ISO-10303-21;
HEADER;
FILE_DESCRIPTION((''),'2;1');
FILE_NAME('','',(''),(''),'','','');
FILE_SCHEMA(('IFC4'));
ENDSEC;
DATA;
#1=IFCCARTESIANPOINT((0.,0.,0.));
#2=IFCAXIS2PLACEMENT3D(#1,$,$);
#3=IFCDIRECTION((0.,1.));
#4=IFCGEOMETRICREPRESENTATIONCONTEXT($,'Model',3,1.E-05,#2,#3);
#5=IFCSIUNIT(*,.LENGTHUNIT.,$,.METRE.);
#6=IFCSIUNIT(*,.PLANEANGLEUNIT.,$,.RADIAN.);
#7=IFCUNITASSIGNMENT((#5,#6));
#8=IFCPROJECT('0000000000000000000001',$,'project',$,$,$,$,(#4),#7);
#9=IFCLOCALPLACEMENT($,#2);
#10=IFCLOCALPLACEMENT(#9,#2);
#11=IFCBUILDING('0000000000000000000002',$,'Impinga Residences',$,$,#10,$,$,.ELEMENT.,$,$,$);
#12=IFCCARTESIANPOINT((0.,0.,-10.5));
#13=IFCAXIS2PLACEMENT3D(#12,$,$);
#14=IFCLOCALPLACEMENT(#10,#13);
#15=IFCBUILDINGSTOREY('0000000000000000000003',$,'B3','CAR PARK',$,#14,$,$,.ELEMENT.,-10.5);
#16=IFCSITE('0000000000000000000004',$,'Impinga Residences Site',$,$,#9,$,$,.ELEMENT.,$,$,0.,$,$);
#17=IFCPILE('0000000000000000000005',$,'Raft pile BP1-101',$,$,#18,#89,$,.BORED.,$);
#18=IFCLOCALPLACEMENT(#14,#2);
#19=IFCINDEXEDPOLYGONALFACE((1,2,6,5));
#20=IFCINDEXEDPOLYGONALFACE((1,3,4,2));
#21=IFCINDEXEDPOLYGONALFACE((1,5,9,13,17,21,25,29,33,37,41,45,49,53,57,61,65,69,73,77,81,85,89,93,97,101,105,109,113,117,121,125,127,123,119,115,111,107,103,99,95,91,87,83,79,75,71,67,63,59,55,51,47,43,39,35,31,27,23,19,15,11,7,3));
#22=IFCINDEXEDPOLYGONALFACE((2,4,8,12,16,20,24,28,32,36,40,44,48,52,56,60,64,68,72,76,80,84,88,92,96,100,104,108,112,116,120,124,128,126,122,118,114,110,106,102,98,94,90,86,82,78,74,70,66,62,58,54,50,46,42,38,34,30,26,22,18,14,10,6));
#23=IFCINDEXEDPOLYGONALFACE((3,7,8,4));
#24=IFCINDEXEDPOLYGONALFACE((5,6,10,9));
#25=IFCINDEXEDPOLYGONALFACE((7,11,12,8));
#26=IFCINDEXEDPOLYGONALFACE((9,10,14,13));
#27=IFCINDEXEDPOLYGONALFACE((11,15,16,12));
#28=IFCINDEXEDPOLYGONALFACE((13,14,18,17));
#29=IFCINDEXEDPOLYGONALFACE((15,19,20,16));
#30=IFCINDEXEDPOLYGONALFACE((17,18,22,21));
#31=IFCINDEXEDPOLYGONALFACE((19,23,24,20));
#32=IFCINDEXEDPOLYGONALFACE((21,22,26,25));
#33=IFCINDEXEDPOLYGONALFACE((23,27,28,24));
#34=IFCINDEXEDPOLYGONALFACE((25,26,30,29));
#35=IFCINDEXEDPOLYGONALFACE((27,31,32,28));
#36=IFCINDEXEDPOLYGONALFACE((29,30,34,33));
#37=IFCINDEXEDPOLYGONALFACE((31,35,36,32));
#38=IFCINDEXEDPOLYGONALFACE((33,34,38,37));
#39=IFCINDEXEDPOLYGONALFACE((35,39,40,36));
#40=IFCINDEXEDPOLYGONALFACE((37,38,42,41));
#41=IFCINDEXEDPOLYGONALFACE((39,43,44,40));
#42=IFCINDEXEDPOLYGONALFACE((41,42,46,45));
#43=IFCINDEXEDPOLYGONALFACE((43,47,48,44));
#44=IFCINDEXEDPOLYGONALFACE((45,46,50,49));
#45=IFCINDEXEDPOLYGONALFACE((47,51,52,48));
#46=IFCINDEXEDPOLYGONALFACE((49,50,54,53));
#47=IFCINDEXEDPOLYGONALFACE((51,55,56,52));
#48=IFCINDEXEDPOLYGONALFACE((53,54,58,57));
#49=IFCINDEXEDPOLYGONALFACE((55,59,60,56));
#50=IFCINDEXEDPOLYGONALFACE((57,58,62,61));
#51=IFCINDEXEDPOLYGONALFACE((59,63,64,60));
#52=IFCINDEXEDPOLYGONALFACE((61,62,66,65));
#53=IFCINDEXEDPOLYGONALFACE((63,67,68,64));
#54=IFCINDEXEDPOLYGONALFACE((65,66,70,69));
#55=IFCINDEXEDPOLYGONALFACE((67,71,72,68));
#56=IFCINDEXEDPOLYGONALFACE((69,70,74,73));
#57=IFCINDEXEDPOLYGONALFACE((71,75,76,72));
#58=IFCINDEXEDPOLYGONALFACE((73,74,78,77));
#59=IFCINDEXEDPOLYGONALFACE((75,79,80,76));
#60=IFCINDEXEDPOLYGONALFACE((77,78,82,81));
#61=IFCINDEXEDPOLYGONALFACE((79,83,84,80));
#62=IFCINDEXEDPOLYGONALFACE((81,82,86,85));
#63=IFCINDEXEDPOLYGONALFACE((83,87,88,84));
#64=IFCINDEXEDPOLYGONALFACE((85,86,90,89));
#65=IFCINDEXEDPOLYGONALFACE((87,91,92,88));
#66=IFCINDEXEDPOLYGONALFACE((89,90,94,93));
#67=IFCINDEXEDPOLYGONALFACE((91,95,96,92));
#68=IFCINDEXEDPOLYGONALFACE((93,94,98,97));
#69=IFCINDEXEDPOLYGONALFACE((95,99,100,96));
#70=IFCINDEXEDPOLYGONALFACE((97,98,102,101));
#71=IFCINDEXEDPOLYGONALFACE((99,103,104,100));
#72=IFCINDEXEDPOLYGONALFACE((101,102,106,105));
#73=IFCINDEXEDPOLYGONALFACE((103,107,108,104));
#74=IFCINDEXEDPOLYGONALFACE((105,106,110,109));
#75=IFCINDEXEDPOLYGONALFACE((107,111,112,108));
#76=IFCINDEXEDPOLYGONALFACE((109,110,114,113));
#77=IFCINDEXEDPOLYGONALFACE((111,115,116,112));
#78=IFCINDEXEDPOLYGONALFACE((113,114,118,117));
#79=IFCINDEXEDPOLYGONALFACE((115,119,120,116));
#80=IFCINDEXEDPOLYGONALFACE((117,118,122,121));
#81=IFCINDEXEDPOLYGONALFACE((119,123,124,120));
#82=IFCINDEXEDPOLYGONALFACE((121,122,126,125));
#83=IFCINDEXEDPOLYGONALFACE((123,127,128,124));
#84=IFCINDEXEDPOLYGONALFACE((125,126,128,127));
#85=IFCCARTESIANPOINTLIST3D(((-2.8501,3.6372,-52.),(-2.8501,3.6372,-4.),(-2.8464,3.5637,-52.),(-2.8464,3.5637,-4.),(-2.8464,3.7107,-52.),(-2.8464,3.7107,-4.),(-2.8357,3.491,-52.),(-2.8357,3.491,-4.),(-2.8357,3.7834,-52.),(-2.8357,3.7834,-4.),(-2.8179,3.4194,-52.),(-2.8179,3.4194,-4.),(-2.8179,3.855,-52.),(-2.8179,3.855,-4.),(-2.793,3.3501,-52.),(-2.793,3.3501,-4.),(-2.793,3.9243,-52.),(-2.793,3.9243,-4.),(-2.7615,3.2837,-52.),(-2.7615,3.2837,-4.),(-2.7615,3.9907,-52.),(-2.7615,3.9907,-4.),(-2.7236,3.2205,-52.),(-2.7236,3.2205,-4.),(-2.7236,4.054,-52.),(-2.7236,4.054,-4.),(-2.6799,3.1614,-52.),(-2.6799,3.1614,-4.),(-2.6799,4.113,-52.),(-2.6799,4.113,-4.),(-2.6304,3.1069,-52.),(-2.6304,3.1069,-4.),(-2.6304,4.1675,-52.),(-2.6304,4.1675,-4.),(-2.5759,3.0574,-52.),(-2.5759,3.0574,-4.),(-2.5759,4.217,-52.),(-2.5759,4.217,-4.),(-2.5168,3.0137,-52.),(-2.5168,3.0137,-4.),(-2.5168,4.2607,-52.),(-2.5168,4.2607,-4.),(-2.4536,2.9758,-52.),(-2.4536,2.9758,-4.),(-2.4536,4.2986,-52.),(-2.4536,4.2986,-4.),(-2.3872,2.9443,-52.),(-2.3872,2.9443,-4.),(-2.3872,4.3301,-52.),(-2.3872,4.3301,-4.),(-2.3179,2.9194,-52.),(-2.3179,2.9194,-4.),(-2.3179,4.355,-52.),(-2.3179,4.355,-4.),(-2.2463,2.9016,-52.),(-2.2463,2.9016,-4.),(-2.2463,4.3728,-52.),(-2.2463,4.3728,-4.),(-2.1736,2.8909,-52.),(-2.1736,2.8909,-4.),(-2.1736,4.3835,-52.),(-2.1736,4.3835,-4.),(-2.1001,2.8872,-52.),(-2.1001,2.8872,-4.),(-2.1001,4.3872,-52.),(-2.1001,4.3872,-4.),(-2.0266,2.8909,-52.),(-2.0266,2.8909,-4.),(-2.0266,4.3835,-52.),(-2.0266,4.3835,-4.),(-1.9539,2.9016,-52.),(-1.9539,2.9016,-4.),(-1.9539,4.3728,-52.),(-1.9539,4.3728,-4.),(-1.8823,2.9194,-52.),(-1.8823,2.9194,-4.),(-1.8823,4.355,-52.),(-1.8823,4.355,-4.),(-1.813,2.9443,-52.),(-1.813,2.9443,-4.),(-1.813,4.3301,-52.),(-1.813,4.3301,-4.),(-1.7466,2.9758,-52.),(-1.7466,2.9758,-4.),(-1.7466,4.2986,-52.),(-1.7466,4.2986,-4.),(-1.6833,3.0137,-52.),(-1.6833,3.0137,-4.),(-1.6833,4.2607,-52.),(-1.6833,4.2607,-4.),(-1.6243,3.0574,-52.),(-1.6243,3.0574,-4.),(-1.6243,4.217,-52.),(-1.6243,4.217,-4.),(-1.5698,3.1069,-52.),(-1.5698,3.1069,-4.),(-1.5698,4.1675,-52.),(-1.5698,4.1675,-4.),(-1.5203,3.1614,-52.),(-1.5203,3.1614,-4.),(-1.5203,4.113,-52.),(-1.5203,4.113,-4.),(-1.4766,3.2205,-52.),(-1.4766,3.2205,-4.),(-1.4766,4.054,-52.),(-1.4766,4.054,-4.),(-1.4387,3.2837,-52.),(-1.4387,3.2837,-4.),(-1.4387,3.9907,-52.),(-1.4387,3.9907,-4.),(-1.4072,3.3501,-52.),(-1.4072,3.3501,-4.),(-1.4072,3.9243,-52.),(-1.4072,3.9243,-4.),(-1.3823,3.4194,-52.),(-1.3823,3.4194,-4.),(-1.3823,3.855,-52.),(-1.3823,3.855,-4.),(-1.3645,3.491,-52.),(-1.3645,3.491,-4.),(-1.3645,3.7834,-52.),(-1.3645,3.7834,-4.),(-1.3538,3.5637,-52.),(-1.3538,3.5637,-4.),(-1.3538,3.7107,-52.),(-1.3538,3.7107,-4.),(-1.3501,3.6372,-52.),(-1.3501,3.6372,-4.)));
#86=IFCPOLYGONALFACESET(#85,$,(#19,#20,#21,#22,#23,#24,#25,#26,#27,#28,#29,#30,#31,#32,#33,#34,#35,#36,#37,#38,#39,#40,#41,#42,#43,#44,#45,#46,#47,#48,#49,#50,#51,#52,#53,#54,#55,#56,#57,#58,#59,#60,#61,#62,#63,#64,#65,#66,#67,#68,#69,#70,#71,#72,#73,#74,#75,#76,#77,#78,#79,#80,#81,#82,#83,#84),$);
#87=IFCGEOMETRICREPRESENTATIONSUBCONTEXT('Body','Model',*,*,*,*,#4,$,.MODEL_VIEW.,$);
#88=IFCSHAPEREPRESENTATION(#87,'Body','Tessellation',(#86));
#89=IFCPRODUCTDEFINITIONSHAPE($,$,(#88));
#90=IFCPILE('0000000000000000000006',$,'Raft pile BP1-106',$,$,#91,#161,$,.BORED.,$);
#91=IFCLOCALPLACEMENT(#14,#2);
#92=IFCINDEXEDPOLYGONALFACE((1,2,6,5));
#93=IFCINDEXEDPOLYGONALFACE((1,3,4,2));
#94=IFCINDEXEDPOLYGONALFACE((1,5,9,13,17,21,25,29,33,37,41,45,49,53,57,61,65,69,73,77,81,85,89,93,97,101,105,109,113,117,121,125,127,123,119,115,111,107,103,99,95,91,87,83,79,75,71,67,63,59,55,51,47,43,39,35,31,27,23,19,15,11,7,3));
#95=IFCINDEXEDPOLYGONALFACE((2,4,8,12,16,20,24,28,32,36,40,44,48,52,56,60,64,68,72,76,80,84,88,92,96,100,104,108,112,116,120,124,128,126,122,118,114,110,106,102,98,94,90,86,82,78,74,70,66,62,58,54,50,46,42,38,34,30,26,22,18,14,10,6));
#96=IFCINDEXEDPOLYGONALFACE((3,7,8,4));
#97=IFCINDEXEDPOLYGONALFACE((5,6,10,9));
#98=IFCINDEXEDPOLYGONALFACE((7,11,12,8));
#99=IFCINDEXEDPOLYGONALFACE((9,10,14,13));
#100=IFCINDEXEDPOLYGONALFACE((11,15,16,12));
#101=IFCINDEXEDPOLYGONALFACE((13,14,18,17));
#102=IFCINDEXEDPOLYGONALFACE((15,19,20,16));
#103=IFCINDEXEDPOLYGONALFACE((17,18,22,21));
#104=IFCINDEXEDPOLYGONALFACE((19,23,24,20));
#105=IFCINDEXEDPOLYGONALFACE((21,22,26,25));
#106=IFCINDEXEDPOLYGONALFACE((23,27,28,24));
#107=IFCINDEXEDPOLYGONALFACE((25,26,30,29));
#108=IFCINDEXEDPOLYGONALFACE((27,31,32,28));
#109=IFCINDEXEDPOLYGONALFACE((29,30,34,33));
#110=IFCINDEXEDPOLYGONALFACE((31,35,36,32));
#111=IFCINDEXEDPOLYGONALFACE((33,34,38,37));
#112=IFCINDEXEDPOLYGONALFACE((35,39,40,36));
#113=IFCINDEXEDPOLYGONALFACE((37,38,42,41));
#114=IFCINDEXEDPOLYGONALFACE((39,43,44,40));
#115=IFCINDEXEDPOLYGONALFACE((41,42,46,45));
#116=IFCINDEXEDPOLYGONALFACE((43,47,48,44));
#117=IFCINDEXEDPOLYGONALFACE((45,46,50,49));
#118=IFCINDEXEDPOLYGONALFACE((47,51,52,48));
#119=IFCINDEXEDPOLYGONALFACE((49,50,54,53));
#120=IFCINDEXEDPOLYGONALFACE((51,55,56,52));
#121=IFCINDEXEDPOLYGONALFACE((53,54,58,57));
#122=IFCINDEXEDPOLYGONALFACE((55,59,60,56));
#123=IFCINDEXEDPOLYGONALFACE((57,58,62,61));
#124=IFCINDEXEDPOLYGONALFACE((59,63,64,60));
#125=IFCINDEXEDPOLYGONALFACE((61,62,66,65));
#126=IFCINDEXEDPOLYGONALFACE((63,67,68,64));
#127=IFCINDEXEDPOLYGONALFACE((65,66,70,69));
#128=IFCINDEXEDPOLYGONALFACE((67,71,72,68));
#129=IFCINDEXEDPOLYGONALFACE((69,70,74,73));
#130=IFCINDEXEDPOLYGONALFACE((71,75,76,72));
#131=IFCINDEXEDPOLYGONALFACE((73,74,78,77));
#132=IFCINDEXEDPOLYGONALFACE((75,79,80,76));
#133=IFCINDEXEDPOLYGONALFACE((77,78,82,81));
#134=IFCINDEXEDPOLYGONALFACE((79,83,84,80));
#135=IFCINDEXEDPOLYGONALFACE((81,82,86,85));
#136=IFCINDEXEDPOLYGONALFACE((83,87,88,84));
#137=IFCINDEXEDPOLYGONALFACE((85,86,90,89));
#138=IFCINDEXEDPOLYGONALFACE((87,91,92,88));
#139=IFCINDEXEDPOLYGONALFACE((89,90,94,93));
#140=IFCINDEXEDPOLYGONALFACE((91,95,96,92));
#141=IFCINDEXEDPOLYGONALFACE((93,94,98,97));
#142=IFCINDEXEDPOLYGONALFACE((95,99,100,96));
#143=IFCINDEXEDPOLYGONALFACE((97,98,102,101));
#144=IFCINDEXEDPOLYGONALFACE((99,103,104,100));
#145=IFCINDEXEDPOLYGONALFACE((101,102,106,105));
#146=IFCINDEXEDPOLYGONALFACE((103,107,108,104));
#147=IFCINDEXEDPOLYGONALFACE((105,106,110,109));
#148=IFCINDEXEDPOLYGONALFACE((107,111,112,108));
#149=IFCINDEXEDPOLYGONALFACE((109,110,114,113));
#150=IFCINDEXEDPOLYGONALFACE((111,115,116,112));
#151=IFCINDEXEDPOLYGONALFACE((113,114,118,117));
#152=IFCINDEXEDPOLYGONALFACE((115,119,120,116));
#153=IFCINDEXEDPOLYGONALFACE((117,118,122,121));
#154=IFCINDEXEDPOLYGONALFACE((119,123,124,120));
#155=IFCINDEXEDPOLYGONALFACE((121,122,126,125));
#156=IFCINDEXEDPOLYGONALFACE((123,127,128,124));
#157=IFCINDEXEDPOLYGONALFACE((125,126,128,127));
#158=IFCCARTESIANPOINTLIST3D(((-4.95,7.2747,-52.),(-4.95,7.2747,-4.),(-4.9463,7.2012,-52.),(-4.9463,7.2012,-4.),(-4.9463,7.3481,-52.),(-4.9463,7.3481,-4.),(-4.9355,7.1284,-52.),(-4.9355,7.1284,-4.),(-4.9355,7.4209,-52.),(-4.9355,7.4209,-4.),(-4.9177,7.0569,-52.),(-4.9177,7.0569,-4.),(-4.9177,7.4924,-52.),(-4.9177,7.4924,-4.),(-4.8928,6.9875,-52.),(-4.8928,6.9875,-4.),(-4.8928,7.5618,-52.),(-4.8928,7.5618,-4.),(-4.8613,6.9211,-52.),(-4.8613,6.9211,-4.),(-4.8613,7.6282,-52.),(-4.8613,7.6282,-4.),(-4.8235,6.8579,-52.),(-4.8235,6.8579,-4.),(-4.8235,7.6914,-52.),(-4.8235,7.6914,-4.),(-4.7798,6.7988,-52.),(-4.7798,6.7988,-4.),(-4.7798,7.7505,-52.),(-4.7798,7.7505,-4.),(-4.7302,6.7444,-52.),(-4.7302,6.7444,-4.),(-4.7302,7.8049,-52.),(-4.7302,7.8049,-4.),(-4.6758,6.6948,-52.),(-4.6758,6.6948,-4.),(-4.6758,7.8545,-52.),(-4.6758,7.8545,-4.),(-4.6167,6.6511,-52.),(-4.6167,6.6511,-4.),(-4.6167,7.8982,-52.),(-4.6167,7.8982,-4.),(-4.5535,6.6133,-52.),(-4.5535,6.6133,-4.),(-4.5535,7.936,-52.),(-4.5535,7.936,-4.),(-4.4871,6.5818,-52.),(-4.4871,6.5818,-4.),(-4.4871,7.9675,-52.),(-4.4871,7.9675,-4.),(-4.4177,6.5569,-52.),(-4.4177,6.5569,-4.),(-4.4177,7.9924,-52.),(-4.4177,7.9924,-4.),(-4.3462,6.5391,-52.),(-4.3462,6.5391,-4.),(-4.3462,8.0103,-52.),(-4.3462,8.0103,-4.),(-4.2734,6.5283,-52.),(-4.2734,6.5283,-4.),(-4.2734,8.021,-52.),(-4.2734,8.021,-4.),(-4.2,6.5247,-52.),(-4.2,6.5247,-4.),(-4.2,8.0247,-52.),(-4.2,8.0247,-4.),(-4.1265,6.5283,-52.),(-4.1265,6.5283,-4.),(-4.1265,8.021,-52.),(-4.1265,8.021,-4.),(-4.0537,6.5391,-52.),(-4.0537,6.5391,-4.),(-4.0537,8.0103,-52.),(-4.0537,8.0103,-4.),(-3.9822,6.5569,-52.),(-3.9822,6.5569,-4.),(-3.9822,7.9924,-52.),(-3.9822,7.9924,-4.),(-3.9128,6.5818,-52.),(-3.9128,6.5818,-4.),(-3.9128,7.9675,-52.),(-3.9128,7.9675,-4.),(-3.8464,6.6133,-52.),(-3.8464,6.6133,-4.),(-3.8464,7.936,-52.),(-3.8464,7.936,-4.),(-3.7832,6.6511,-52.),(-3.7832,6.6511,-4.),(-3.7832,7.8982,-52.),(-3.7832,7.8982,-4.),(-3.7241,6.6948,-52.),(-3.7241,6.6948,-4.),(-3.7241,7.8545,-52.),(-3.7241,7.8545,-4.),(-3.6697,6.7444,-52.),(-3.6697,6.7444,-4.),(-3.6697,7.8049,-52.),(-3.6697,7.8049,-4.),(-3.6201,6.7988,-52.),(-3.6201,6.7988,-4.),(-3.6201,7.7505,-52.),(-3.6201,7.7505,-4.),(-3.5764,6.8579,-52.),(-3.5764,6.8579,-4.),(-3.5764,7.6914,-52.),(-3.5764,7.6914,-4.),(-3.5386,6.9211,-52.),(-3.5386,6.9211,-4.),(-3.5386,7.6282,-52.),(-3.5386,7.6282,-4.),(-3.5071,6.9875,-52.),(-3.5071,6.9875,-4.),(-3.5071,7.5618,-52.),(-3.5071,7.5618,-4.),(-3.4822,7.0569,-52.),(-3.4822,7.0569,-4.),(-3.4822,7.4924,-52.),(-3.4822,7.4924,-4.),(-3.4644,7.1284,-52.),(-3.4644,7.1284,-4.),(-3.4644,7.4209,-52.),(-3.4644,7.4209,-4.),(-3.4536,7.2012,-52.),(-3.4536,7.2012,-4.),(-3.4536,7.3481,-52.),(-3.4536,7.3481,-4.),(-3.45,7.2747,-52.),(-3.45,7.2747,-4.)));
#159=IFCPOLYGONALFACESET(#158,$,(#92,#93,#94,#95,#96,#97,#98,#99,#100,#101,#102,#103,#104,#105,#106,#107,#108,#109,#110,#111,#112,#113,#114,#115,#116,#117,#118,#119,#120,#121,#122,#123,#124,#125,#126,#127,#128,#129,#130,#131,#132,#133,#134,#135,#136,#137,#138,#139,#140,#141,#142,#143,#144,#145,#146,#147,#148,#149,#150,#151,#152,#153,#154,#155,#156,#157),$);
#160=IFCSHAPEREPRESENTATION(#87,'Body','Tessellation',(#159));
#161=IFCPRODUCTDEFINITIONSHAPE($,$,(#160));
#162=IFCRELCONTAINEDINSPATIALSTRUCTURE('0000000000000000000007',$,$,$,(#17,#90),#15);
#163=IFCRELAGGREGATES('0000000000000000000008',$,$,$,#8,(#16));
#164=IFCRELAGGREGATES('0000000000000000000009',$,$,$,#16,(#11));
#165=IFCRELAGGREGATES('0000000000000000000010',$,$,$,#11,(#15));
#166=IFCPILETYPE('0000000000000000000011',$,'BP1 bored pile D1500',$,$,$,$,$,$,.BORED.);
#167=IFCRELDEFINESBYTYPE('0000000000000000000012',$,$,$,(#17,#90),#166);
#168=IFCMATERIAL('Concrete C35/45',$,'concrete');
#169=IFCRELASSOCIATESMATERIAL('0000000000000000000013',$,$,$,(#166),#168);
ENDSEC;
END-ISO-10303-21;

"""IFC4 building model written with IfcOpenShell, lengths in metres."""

from ifc_helpers import new_model, si_unit, direction, frame, origin, origin_2d, place, context, subcontext, project, spatial, polyline, circle, outline, extrude, material, material_profile, profile_set, type_object, element, save


model = new_model("IFC4")

# Units and contexts
model_context = context("Model", 3, precision=1e-05, world=origin(), true_north=direction((0.0, 1.0)))
body_context = subcontext(model_context, "Body", "Model", "MODEL_VIEW")
ifc_project = project(units=[si_unit("LENGTHUNIT", "METRE"), si_unit("PLANEANGLEUNIT", "RADIAN")], contexts=[model_context])

# Site, building, storey
site_placement = place(None, origin())
site = spatial("IfcSite", under=ifc_project, at=site_placement, Name="Impinga Residences Site", CompositionType="ELEMENT", RefElevation=0.0)
building_placement = place(site_placement, origin())
building = spatial("IfcBuilding", under=site, at=building_placement, Name="Impinga Residences", CompositionType="ELEMENT")
storey_placement = place(building_placement, frame((0.0, 0.0, -10.5)))
storey = spatial("IfcBuildingStorey", under=building, at=storey_placement, Name="B3", Description="CAR PARK", CompositionType="ELEMENT", Elevation=-10.5)

# Piles
ifc_material_1 = material(Name="Concrete C35/45", Category="concrete")
ifc_material_profile = material_profile(ifc_material_1, circle(Radius=0.75, at=origin_2d()), Name="D1500")
ifc_profile_set = profile_set([ifc_material_profile], Name="Concrete C35/45")
pile_type = type_object("IfcPileType", Name="BP1 bored pile D1500", PredefinedType="BORED", material=ifc_profile_set)
pile_1_placement = place(storey_placement, frame((-2.1001, 3.6372, -4.0), z_axis=(0.0, 0.0, -1.0), x_axis=(1.0, 0.0, 0.0)))
element("IfcPile", 1, at=pile_1_placement, inside=storey, type_object=pile_type, Name="Raft pile BP1-101", PredefinedType="BORED", context=body_context, shape_type="SweptSolid", body=[
    extrude(outline(polyline([(0.75, 0.0), (0.7463, 0.0735), (0.7356, 0.1462), (0.7178, 0.2178), (0.6929, 0.2871), (0.6614, 0.3535), (0.6235, 0.4167), (0.5798, 0.4758), (0.5303, 0.5303), (0.4758, 0.5798), (0.4167, 0.6235), (0.3535, 0.6614), (0.2871, 0.6929), (0.2178, 0.7178), (0.1462, 0.7356), (0.0735, 0.7463), (0.0, 0.75), (-0.0735, 0.7463), (-0.1462, 0.7356), (-0.2178, 0.7178), (-0.2871, 0.6929), (-0.3535, 0.6614), (-0.4167, 0.6235), (-0.4758, 0.5798), (-0.5303, 0.5303), (-0.5798, 0.4758), (-0.6235, 0.4167), (-0.6614, 0.3535), (-0.6929, 0.2871), (-0.7178, 0.2178), (-0.7356, 0.1462), (-0.7463, 0.0735), (-0.75, 0.0), (-0.7463, -0.0735), (-0.7356, -0.1462), (-0.7178, -0.2178), (-0.6929, -0.2871), (-0.6614, -0.3535), (-0.6235, -0.4167), (-0.5798, -0.4758), (-0.5303, -0.5303), (-0.4758, -0.5798), (-0.4167, -0.6235), (-0.3535, -0.6614), (-0.2871, -0.6929), (-0.2178, -0.7178), (-0.1462, -0.7356), (-0.0735, -0.7463), (0.0, -0.75), (0.0735, -0.7463), (0.1462, -0.7356), (0.2178, -0.7178), (0.2871, -0.6929), (0.3535, -0.6614), (0.4167, -0.6235), (0.4758, -0.5798), (0.5303, -0.5303), (0.5798, -0.4758), (0.6235, -0.4167), (0.6614, -0.3535), (0.6929, -0.2871), (0.7178, -0.2178), (0.7356, -0.1462), (0.7463, -0.0735), (0.75, 0.0)])), origin(), (0.0, 0.0, 1.0), 48.0),
])
pile_2_placement = place(storey_placement, frame((-4.2, 7.2747, -4.0), z_axis=(0.0, 0.0, -1.0), x_axis=(1.0, 0.0, 0.0)))
element("IfcPile", 2, at=pile_2_placement, inside=storey, type_object=pile_type, Name="Raft pile BP1-106", PredefinedType="BORED", context=body_context, shape_type="SweptSolid", body=[
    extrude(outline(polyline([(0.75, 0.0), (0.7463, 0.0735), (0.7356, 0.1462), (0.7178, 0.2178), (0.6929, 0.2871), (0.6614, 0.3535), (0.6235, 0.4167), (0.5798, 0.4758), (0.5303, 0.5303), (0.4758, 0.5798), (0.4167, 0.6235), (0.3535, 0.6614), (0.2871, 0.6929), (0.2178, 0.7178), (0.1462, 0.7356), (0.0735, 0.7463), (0.0, 0.75), (-0.0735, 0.7463), (-0.1462, 0.7356), (-0.2178, 0.7178), (-0.2871, 0.6929), (-0.3535, 0.6614), (-0.4167, 0.6235), (-0.4758, 0.5798), (-0.5303, 0.5303), (-0.5798, 0.4758), (-0.6235, 0.4167), (-0.6614, 0.3535), (-0.6929, 0.2871), (-0.7178, 0.2178), (-0.7356, 0.1462), (-0.7463, 0.0735), (-0.75, 0.0), (-0.7463, -0.0735), (-0.7356, -0.1462), (-0.7178, -0.2178), (-0.6929, -0.2871), (-0.6614, -0.3535), (-0.6235, -0.4167), (-0.5798, -0.4758), (-0.5303, -0.5303), (-0.4758, -0.5798), (-0.4167, -0.6235), (-0.3535, -0.6614), (-0.2871, -0.6929), (-0.2178, -0.7178), (-0.1462, -0.7356), (-0.0735, -0.7463), (0.0, -0.75), (0.0735, -0.7463), (0.1462, -0.7356), (0.2178, -0.7178), (0.2871, -0.6929), (0.3535, -0.6614), (0.4167, -0.6235), (0.4758, -0.5798), (0.5303, -0.5303), (0.5798, -0.4758), (0.6235, -0.4167), (0.6614, -0.3535), (0.6929, -0.2871), (0.7178, -0.2178), (0.7356, -0.1462), (0.7463, -0.0735), (0.75, 0.0)])), origin(), (0.0, 0.0, 1.0), 48.0),
])

save(model, "model.ifc")
